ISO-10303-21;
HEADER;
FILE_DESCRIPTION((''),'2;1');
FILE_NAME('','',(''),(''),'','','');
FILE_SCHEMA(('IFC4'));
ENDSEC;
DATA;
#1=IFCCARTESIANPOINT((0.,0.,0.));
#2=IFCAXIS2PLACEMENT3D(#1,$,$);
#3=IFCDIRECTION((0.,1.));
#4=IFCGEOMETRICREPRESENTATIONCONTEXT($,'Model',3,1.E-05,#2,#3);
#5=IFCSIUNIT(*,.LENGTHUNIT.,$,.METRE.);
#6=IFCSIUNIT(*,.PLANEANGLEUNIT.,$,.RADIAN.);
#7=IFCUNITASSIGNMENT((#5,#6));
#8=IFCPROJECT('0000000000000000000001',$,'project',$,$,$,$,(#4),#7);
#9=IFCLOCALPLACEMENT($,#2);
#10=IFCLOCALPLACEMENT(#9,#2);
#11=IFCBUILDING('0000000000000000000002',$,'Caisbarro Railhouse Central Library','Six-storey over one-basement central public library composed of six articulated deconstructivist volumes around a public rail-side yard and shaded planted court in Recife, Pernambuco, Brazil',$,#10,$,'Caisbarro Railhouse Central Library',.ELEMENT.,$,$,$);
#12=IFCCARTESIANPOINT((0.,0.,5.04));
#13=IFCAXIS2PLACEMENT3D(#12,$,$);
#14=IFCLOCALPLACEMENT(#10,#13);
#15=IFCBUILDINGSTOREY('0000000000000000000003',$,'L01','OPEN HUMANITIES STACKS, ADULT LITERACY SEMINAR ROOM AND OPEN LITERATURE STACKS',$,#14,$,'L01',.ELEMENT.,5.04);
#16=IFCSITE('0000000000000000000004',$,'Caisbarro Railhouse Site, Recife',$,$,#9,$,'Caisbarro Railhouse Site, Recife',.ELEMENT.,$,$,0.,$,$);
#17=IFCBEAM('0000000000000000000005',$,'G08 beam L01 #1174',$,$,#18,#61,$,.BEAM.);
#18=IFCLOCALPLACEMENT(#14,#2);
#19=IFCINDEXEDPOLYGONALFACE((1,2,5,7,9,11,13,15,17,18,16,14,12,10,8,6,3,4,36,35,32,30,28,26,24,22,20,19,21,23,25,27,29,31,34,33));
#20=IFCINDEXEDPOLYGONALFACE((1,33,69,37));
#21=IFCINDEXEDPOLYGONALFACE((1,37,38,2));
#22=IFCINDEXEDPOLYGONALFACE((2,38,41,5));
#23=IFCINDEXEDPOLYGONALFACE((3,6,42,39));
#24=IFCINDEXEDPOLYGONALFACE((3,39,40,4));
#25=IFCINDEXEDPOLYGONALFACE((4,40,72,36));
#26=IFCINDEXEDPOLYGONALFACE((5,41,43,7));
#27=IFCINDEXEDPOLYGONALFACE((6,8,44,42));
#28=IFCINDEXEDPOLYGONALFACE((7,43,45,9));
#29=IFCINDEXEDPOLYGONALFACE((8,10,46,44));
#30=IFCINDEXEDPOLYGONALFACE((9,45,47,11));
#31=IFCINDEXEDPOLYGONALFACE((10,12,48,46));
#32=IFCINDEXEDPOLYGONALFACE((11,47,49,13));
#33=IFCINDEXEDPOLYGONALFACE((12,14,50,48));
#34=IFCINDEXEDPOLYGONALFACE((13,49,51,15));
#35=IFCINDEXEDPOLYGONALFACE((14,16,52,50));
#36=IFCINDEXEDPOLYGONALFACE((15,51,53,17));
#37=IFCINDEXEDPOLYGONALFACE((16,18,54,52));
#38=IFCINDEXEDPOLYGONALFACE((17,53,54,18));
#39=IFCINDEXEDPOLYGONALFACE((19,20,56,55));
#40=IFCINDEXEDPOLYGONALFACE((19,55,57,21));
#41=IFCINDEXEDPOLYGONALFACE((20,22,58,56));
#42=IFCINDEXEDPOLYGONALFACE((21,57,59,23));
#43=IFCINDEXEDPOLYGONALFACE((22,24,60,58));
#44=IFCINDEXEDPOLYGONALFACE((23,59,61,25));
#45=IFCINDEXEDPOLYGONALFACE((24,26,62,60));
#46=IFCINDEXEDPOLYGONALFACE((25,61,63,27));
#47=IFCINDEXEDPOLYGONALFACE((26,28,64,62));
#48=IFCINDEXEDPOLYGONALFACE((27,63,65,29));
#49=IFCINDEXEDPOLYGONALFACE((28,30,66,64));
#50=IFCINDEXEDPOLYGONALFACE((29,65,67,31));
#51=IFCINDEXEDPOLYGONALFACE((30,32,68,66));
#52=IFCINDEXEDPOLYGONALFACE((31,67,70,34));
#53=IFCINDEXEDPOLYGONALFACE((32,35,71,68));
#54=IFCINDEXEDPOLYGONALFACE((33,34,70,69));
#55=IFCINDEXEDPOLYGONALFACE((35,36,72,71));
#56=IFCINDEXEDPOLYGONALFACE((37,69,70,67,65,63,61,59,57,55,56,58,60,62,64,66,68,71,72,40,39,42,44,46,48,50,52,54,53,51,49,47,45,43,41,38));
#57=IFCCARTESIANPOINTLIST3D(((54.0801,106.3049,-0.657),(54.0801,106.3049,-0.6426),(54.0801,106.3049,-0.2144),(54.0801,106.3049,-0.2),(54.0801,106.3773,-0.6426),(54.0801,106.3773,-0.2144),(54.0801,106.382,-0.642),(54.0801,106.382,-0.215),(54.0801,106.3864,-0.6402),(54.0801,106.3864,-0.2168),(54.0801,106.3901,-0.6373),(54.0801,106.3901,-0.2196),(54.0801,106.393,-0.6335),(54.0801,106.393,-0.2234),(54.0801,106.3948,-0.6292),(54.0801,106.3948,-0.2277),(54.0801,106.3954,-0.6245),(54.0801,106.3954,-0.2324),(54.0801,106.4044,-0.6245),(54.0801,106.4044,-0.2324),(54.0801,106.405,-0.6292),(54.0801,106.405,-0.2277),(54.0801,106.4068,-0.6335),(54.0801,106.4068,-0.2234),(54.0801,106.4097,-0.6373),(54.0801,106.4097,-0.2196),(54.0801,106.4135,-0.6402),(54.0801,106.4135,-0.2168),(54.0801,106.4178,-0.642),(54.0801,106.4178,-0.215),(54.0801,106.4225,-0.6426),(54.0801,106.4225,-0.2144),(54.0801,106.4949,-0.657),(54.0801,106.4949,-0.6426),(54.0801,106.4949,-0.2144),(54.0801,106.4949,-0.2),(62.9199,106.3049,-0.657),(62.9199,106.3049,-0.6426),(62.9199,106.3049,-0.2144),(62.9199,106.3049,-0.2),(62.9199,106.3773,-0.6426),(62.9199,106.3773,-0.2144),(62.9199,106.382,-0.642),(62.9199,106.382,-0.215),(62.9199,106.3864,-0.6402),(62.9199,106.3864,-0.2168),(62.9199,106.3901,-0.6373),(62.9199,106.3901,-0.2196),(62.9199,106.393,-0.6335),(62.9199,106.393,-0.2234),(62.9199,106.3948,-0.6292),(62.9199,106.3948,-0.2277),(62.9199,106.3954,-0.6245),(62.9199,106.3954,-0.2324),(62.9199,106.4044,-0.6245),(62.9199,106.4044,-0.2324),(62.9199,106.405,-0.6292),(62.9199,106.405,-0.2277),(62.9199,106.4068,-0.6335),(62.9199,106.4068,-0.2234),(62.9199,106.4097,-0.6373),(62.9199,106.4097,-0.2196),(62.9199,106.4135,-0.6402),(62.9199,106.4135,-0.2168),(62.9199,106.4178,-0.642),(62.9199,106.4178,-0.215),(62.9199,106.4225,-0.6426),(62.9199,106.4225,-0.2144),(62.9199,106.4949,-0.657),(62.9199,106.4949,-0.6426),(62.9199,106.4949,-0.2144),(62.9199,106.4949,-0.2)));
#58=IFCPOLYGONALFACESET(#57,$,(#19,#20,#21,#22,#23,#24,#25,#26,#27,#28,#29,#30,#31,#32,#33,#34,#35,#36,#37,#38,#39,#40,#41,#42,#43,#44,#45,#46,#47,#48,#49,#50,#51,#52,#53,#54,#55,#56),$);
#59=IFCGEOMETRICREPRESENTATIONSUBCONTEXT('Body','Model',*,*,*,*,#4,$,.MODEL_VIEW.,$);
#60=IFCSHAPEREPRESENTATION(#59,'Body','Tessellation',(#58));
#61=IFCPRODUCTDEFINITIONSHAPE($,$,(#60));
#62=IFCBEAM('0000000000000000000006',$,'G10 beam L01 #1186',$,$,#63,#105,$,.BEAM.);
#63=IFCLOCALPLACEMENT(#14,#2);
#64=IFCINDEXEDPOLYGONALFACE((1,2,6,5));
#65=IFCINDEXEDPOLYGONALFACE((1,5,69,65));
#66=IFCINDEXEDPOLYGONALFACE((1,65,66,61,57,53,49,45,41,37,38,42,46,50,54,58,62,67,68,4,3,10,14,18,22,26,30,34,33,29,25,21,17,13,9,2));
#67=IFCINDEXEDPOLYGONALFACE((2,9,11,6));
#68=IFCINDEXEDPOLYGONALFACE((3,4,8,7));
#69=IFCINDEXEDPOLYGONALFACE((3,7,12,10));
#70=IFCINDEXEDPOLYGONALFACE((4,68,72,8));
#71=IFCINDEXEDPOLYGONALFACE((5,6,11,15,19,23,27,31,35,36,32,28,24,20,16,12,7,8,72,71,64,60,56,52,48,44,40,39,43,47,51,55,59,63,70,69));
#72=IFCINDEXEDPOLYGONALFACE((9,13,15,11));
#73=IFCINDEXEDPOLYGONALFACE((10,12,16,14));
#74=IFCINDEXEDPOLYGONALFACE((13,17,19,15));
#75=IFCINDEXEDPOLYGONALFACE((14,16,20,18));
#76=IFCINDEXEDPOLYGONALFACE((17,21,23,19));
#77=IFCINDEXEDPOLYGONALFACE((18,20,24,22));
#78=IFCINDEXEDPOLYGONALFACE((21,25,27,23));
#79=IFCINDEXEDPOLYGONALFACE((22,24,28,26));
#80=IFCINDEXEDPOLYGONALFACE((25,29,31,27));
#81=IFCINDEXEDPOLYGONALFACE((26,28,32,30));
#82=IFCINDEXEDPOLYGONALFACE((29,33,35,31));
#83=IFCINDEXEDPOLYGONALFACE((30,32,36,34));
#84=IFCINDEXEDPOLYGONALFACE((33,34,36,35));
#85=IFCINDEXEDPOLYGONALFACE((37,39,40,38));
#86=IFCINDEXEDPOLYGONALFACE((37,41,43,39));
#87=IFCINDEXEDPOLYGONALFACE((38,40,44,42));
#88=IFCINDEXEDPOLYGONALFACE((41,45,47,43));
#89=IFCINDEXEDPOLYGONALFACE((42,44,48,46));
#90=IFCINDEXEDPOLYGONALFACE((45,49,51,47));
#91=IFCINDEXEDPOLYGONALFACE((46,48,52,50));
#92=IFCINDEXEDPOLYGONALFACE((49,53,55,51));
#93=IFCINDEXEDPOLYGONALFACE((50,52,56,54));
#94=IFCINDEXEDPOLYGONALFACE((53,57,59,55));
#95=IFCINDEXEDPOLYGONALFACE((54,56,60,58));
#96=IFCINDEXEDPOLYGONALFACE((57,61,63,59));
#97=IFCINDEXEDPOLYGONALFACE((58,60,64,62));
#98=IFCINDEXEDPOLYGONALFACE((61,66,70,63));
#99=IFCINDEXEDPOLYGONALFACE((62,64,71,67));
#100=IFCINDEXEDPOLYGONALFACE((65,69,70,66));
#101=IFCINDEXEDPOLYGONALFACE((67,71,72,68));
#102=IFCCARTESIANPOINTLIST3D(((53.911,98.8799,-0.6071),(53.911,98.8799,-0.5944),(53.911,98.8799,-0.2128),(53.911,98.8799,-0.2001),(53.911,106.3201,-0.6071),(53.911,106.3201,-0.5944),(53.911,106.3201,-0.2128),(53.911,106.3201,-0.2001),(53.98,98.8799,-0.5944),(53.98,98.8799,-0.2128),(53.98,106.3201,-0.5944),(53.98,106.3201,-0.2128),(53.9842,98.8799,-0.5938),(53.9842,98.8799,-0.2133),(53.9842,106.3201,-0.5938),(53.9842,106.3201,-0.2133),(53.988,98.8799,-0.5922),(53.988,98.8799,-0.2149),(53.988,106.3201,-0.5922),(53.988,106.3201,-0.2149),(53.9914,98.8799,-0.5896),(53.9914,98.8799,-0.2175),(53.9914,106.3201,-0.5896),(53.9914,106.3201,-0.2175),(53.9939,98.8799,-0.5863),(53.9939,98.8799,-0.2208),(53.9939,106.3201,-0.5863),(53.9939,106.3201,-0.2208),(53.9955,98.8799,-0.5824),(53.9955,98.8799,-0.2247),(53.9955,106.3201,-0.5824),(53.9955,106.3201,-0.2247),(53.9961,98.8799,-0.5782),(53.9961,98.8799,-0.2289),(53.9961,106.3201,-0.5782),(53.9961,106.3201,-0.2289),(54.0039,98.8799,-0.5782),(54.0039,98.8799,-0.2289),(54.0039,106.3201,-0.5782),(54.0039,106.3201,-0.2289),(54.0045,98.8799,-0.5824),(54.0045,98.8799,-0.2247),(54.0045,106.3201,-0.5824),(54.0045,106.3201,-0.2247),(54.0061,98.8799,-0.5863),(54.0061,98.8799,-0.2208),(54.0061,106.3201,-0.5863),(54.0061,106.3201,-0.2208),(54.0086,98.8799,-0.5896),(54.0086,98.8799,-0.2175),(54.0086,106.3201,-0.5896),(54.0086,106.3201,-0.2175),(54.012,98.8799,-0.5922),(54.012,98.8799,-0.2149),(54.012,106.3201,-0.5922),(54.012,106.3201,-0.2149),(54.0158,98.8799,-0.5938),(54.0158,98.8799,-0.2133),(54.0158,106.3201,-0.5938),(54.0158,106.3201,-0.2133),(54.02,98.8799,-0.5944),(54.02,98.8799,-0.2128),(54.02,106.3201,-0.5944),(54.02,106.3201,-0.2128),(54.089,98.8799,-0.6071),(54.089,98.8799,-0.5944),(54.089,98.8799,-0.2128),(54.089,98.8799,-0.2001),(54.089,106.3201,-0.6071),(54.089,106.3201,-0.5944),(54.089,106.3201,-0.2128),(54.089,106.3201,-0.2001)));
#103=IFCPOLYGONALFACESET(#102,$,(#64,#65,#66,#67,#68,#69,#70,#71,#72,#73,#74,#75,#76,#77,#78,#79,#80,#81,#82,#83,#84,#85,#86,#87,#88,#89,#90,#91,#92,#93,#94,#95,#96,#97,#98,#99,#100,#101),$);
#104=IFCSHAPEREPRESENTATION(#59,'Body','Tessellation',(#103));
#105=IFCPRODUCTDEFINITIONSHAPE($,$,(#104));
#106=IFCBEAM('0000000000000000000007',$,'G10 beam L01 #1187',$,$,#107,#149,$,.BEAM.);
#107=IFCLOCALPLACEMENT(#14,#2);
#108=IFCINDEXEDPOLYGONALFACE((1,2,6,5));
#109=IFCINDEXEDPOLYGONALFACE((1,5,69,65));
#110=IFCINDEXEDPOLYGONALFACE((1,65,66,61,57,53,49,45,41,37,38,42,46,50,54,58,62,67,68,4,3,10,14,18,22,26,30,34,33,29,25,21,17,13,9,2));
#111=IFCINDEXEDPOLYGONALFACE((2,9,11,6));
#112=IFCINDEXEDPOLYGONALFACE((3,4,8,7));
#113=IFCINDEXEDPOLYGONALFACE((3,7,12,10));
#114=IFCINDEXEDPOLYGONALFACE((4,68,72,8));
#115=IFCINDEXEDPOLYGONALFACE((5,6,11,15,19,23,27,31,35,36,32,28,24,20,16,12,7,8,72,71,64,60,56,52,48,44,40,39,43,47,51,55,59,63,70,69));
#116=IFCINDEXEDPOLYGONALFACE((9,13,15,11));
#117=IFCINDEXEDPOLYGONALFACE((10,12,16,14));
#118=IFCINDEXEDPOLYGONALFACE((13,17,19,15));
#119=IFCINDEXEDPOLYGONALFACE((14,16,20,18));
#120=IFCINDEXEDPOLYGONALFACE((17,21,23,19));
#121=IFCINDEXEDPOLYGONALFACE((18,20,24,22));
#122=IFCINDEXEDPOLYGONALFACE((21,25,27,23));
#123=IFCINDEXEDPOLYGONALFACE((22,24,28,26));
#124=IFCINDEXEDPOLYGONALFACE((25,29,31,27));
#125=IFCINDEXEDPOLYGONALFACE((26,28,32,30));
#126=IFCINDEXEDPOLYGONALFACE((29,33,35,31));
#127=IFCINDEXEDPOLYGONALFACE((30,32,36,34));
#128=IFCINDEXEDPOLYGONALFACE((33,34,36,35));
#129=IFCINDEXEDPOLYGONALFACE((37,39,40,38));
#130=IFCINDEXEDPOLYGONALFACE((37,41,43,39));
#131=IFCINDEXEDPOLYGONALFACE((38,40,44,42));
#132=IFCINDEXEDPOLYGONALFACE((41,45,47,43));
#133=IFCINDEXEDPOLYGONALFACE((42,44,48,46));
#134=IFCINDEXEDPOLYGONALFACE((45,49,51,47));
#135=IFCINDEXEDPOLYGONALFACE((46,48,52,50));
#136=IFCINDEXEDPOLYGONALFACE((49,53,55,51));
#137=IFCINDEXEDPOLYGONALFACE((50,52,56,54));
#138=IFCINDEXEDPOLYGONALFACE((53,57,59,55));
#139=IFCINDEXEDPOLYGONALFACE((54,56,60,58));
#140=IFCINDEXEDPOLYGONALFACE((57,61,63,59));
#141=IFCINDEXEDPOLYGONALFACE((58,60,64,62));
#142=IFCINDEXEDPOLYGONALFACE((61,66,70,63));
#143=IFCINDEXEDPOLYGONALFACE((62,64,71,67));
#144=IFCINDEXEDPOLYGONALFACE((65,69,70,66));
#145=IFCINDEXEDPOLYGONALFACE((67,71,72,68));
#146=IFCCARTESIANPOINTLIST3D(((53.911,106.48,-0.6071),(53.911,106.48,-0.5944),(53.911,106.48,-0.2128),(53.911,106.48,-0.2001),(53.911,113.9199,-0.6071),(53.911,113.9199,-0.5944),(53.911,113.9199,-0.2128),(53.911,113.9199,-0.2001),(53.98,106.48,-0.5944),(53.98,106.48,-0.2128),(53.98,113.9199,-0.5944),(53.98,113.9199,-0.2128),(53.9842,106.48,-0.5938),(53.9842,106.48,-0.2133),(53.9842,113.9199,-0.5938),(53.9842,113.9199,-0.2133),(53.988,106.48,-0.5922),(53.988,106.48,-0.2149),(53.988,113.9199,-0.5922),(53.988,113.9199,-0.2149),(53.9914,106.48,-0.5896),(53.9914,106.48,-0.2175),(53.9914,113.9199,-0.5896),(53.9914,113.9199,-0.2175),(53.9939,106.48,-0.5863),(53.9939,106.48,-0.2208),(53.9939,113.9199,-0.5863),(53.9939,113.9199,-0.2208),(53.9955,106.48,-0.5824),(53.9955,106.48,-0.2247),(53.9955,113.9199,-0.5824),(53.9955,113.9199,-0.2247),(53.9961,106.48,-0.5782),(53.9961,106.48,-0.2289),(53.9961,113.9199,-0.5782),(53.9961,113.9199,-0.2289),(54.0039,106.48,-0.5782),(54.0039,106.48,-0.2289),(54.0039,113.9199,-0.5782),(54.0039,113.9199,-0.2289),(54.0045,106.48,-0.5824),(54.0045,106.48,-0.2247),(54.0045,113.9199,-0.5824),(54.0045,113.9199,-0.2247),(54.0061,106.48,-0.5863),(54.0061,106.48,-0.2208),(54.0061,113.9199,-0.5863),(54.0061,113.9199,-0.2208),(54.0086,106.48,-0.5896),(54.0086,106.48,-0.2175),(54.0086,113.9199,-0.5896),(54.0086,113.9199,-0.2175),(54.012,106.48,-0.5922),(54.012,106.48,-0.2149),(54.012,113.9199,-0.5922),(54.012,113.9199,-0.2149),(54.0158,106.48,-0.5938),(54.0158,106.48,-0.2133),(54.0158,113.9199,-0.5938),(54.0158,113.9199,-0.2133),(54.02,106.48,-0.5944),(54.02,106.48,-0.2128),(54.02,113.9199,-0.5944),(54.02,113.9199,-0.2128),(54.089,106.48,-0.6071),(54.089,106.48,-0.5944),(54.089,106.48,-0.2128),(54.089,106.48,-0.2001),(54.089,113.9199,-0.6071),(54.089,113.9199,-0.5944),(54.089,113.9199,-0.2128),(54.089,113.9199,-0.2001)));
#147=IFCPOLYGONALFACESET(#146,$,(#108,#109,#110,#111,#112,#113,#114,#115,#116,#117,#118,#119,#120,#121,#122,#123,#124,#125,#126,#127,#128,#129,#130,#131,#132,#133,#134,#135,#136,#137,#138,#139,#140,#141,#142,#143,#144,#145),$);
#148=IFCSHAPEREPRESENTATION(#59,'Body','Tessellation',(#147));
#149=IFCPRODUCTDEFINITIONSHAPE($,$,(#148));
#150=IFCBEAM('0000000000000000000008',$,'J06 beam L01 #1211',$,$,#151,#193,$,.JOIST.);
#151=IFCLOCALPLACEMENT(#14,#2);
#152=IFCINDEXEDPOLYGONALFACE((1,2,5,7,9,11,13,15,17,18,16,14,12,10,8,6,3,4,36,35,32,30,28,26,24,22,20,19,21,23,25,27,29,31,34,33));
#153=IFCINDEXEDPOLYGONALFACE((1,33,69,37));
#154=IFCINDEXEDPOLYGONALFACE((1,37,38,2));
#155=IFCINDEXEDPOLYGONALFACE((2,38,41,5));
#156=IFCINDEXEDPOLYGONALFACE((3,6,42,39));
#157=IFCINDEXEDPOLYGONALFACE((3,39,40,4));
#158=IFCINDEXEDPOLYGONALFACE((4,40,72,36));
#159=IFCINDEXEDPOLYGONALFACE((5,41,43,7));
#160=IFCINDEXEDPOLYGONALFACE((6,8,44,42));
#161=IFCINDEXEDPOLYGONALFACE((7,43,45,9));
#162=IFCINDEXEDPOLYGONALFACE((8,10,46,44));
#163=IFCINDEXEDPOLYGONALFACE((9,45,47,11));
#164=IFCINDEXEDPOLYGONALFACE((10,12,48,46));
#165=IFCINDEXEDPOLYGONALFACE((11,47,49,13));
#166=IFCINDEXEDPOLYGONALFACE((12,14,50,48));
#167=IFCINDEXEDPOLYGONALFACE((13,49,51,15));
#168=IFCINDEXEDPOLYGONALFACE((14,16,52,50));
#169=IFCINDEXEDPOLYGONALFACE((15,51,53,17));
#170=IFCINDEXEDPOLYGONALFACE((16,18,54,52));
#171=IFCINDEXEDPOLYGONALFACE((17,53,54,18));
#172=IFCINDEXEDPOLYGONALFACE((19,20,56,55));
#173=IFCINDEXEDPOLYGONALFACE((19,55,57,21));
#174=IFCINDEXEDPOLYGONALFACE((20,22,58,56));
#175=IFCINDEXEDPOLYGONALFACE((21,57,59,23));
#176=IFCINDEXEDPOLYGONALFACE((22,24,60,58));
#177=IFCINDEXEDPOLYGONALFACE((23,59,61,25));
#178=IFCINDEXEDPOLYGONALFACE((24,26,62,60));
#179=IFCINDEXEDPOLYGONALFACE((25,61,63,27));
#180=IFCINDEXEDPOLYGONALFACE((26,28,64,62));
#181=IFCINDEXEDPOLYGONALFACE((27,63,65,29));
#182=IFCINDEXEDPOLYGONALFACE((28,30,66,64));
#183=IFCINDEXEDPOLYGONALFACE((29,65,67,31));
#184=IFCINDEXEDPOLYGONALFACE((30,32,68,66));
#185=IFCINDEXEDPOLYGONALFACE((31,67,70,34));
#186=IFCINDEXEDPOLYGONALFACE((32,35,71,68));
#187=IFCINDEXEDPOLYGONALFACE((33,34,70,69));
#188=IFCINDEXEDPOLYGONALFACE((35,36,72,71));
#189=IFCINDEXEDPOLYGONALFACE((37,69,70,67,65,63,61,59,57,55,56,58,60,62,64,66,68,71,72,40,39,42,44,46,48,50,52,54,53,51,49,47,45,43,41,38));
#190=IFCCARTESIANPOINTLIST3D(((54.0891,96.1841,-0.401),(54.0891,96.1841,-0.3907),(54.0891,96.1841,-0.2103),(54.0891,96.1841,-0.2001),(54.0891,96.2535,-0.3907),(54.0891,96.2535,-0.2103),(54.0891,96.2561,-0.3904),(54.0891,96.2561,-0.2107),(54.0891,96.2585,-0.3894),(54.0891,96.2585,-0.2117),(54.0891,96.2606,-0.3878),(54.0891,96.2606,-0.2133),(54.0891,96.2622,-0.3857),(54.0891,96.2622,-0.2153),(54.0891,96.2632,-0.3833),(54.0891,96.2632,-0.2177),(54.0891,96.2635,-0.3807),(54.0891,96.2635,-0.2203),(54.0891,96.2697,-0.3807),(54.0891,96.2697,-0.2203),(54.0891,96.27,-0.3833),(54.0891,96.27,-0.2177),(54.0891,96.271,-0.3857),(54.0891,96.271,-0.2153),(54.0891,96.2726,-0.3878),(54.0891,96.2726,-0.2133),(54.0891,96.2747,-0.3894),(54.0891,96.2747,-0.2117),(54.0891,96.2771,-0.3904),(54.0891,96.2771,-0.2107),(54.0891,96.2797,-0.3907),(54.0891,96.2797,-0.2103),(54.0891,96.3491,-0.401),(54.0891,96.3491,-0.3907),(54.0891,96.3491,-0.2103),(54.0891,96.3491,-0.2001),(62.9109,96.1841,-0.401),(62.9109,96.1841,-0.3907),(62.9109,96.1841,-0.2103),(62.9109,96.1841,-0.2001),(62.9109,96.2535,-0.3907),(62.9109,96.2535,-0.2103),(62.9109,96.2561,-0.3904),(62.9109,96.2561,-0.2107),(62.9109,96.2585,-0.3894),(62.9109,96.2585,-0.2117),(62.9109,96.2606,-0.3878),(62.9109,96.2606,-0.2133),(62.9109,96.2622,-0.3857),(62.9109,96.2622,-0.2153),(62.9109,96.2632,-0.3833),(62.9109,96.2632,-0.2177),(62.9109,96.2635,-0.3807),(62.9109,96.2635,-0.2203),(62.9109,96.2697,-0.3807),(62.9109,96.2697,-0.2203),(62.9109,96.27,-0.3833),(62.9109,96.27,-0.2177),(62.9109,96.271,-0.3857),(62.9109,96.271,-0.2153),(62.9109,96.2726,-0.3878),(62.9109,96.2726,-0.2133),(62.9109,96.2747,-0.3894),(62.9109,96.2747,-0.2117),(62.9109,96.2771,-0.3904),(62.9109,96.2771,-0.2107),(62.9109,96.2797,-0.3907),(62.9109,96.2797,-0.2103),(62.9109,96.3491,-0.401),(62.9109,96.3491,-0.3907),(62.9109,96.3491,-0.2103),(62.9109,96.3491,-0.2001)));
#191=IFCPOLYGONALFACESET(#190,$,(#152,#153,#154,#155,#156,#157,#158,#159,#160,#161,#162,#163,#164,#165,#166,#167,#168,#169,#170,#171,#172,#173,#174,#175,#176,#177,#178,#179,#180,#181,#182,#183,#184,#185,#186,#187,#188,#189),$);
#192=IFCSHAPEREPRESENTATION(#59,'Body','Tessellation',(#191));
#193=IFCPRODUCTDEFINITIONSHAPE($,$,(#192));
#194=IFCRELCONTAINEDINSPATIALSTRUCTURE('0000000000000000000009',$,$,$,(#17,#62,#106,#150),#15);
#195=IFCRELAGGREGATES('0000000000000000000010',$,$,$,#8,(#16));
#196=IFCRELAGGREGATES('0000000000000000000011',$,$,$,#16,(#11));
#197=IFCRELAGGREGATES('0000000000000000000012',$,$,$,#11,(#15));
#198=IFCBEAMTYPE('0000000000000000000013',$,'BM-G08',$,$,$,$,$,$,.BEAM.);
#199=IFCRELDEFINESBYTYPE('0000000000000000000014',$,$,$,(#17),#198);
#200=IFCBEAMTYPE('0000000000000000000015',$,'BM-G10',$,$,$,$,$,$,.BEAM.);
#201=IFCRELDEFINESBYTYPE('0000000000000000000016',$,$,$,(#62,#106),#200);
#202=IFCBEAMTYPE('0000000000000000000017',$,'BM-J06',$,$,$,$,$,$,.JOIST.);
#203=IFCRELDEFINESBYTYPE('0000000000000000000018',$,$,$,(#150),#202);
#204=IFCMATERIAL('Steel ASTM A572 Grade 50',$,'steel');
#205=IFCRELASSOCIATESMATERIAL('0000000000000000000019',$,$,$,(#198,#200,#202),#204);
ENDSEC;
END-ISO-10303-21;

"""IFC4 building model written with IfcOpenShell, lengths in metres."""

from ifc_helpers import new_model, si_unit, direction, frame, origin, origin_2d, place, context, subcontext, project, spatial, i_section, extrude, material, material_profile, profile_set, type_object, element, save


model = new_model("IFC4")

# Units and contexts
model_context = context("Model", 3, precision=1e-05, world=origin(), true_north=direction((0.0, 1.0)))
body_context = subcontext(model_context, "Body", "Model", "MODEL_VIEW")
ifc_project = project(units=[si_unit("LENGTHUNIT", "METRE"), si_unit("PLANEANGLEUNIT", "RADIAN")], contexts=[model_context])

# Site, building, storey
site_placement = place(None, origin())
site = spatial("IfcSite", under=ifc_project, at=site_placement, Name="Caisbarro Railhouse Site, Recife", LongName="Caisbarro Railhouse Site, Recife", CompositionType="ELEMENT", RefElevation=0.0)
building_placement = place(site_placement, origin())
building = spatial("IfcBuilding", under=site, at=building_placement, Name="Caisbarro Railhouse Central Library", Description="Six-storey over one-basement central public library composed of six articulated deconstructivist volumes around a public rail-side yard and shaded planted court in Recife, Pernambuco, Brazil", LongName="Caisbarro Railhouse Central Library", CompositionType="ELEMENT")
storey_placement = place(building_placement, frame((0.0, 0.0, 5.04)))
storey = spatial("IfcBuildingStorey", under=building, at=storey_placement, Name="L01", Description="OPEN HUMANITIES STACKS, ADULT LITERACY SEMINAR ROOM AND OPEN LITERATURE STACKS", LongName="L01", CompositionType="ELEMENT", Elevation=5.04)

# Shared definitions
ifc_material_1 = material(Name="Steel ASTM A572 Grade 50", Category="steel")

# Beams
ifc_material_profile_1 = material_profile(ifc_material_1, i_section(OverallWidth=0.1899, OverallDepth=0.457, WebThickness=0.009, FlangeThickness=0.0144, FilletRadius=0.0181, at=origin_2d()), Name="W460X74.0")
ifc_profile_set_1 = profile_set([ifc_material_profile_1], Name="Steel ASTM A572 Grade 50")
beam_type_1 = type_object("IfcBeamType", Name="BM-G08", PredefinedType="BEAM", material=ifc_profile_set_1)
for number, where, z_axis, x_axis, name in (
    (1, (54.0801, 106.3999, -0.4285), (1.0, 0.0, 0.0), (0.0, 1.0, 0.0), "G08 beam L01 #1174"),
):
    element("IfcBeam", number, at=place(storey_placement, frame(where, z_axis=z_axis, x_axis=x_axis)), inside=storey, type_object=beam_type_1, Name=name, PredefinedType="BEAM", context=body_context, shape_type="SweptSolid", body=[
        extrude(i_section(OverallWidth=0.1899, OverallDepth=0.457, WebThickness=0.009, FlangeThickness=0.0144, FilletRadius=0.0181, at=origin_2d()), origin(), (0.0, 0.0, 1.0), 8.8398),
    ])
ifc_material_profile_2 = material_profile(ifc_material_1, i_section(OverallWidth=0.178, OverallDepth=0.407, WebThickness=0.0078, FlangeThickness=0.0127, FilletRadius=0.0161, at=origin_2d()), Name="W410X60.0")
ifc_profile_set_2 = profile_set([ifc_material_profile_2], Name="Steel ASTM A572 Grade 50")
beam_type_2 = type_object("IfcBeamType", Name="BM-G10", PredefinedType="BEAM", material=ifc_profile_set_2)
beam_1_placement = place(storey_placement, frame((54.0, 98.8799, -0.4036), z_axis=(0.0, 1.0, 0.0), x_axis=(-1.0, 0.0, 0.0)))
element("IfcBeam", 2, at=beam_1_placement, inside=storey, type_object=beam_type_2, Name="G10 beam L01 #1186", PredefinedType="BEAM", context=body_context, shape_type="SweptSolid", body=[
    extrude(i_section(OverallWidth=0.178, OverallDepth=0.407, WebThickness=0.0078, FlangeThickness=0.0127, FilletRadius=0.0161, at=origin_2d()), origin(), (0.0, 0.0, 1.0), 7.4402),
])
beam_2_placement = place(storey_placement, frame((54.0, 106.48, -0.4036), z_axis=(0.0, 1.0, 0.0), x_axis=(-1.0, 0.0, 0.0)))
element("IfcBeam", 3, at=beam_2_placement, inside=storey, type_object=beam_type_2, Name="G10 beam L01 #1187", PredefinedType="BEAM", context=body_context, shape_type="SweptSolid", body=[
    extrude(i_section(OverallWidth=0.178, OverallDepth=0.407, WebThickness=0.0078, FlangeThickness=0.0127, FilletRadius=0.0161, at=origin_2d()), origin(), (0.0, 0.0, 1.0), 7.4399),
])
ifc_material_profile_3 = material_profile(ifc_material_1, i_section(OverallWidth=0.165, OverallDepth=0.2009, WebThickness=0.0061, FlangeThickness=0.0103, FilletRadius=0.01, at=origin_2d()), Name="W200X35.9")
ifc_profile_set_3 = profile_set([ifc_material_profile_3], Name="Steel ASTM A572 Grade 50")
beam_type_3 = type_object("IfcBeamType", Name="BM-J06", PredefinedType="JOIST", material=ifc_profile_set_3)
for number, where, z_axis, x_axis, name in (
    (4, (54.0891, 96.2666, -0.3005), (1.0, 0.0, 0.0), (0.0, 1.0, 0.0), "J06 beam L01 #1211"),
):
    element("IfcBeam", number, at=place(storey_placement, frame(where, z_axis=z_axis, x_axis=x_axis)), inside=storey, type_object=beam_type_3, Name=name, PredefinedType="JOIST", context=body_context, shape_type="SweptSolid", body=[
        extrude(i_section(OverallWidth=0.165, OverallDepth=0.2009, WebThickness=0.0061, FlangeThickness=0.0103, FilletRadius=0.01, at=origin_2d()), origin(), (0.0, 0.0, 1.0), 8.8218),
    ])

save(model, "model.ifc")
